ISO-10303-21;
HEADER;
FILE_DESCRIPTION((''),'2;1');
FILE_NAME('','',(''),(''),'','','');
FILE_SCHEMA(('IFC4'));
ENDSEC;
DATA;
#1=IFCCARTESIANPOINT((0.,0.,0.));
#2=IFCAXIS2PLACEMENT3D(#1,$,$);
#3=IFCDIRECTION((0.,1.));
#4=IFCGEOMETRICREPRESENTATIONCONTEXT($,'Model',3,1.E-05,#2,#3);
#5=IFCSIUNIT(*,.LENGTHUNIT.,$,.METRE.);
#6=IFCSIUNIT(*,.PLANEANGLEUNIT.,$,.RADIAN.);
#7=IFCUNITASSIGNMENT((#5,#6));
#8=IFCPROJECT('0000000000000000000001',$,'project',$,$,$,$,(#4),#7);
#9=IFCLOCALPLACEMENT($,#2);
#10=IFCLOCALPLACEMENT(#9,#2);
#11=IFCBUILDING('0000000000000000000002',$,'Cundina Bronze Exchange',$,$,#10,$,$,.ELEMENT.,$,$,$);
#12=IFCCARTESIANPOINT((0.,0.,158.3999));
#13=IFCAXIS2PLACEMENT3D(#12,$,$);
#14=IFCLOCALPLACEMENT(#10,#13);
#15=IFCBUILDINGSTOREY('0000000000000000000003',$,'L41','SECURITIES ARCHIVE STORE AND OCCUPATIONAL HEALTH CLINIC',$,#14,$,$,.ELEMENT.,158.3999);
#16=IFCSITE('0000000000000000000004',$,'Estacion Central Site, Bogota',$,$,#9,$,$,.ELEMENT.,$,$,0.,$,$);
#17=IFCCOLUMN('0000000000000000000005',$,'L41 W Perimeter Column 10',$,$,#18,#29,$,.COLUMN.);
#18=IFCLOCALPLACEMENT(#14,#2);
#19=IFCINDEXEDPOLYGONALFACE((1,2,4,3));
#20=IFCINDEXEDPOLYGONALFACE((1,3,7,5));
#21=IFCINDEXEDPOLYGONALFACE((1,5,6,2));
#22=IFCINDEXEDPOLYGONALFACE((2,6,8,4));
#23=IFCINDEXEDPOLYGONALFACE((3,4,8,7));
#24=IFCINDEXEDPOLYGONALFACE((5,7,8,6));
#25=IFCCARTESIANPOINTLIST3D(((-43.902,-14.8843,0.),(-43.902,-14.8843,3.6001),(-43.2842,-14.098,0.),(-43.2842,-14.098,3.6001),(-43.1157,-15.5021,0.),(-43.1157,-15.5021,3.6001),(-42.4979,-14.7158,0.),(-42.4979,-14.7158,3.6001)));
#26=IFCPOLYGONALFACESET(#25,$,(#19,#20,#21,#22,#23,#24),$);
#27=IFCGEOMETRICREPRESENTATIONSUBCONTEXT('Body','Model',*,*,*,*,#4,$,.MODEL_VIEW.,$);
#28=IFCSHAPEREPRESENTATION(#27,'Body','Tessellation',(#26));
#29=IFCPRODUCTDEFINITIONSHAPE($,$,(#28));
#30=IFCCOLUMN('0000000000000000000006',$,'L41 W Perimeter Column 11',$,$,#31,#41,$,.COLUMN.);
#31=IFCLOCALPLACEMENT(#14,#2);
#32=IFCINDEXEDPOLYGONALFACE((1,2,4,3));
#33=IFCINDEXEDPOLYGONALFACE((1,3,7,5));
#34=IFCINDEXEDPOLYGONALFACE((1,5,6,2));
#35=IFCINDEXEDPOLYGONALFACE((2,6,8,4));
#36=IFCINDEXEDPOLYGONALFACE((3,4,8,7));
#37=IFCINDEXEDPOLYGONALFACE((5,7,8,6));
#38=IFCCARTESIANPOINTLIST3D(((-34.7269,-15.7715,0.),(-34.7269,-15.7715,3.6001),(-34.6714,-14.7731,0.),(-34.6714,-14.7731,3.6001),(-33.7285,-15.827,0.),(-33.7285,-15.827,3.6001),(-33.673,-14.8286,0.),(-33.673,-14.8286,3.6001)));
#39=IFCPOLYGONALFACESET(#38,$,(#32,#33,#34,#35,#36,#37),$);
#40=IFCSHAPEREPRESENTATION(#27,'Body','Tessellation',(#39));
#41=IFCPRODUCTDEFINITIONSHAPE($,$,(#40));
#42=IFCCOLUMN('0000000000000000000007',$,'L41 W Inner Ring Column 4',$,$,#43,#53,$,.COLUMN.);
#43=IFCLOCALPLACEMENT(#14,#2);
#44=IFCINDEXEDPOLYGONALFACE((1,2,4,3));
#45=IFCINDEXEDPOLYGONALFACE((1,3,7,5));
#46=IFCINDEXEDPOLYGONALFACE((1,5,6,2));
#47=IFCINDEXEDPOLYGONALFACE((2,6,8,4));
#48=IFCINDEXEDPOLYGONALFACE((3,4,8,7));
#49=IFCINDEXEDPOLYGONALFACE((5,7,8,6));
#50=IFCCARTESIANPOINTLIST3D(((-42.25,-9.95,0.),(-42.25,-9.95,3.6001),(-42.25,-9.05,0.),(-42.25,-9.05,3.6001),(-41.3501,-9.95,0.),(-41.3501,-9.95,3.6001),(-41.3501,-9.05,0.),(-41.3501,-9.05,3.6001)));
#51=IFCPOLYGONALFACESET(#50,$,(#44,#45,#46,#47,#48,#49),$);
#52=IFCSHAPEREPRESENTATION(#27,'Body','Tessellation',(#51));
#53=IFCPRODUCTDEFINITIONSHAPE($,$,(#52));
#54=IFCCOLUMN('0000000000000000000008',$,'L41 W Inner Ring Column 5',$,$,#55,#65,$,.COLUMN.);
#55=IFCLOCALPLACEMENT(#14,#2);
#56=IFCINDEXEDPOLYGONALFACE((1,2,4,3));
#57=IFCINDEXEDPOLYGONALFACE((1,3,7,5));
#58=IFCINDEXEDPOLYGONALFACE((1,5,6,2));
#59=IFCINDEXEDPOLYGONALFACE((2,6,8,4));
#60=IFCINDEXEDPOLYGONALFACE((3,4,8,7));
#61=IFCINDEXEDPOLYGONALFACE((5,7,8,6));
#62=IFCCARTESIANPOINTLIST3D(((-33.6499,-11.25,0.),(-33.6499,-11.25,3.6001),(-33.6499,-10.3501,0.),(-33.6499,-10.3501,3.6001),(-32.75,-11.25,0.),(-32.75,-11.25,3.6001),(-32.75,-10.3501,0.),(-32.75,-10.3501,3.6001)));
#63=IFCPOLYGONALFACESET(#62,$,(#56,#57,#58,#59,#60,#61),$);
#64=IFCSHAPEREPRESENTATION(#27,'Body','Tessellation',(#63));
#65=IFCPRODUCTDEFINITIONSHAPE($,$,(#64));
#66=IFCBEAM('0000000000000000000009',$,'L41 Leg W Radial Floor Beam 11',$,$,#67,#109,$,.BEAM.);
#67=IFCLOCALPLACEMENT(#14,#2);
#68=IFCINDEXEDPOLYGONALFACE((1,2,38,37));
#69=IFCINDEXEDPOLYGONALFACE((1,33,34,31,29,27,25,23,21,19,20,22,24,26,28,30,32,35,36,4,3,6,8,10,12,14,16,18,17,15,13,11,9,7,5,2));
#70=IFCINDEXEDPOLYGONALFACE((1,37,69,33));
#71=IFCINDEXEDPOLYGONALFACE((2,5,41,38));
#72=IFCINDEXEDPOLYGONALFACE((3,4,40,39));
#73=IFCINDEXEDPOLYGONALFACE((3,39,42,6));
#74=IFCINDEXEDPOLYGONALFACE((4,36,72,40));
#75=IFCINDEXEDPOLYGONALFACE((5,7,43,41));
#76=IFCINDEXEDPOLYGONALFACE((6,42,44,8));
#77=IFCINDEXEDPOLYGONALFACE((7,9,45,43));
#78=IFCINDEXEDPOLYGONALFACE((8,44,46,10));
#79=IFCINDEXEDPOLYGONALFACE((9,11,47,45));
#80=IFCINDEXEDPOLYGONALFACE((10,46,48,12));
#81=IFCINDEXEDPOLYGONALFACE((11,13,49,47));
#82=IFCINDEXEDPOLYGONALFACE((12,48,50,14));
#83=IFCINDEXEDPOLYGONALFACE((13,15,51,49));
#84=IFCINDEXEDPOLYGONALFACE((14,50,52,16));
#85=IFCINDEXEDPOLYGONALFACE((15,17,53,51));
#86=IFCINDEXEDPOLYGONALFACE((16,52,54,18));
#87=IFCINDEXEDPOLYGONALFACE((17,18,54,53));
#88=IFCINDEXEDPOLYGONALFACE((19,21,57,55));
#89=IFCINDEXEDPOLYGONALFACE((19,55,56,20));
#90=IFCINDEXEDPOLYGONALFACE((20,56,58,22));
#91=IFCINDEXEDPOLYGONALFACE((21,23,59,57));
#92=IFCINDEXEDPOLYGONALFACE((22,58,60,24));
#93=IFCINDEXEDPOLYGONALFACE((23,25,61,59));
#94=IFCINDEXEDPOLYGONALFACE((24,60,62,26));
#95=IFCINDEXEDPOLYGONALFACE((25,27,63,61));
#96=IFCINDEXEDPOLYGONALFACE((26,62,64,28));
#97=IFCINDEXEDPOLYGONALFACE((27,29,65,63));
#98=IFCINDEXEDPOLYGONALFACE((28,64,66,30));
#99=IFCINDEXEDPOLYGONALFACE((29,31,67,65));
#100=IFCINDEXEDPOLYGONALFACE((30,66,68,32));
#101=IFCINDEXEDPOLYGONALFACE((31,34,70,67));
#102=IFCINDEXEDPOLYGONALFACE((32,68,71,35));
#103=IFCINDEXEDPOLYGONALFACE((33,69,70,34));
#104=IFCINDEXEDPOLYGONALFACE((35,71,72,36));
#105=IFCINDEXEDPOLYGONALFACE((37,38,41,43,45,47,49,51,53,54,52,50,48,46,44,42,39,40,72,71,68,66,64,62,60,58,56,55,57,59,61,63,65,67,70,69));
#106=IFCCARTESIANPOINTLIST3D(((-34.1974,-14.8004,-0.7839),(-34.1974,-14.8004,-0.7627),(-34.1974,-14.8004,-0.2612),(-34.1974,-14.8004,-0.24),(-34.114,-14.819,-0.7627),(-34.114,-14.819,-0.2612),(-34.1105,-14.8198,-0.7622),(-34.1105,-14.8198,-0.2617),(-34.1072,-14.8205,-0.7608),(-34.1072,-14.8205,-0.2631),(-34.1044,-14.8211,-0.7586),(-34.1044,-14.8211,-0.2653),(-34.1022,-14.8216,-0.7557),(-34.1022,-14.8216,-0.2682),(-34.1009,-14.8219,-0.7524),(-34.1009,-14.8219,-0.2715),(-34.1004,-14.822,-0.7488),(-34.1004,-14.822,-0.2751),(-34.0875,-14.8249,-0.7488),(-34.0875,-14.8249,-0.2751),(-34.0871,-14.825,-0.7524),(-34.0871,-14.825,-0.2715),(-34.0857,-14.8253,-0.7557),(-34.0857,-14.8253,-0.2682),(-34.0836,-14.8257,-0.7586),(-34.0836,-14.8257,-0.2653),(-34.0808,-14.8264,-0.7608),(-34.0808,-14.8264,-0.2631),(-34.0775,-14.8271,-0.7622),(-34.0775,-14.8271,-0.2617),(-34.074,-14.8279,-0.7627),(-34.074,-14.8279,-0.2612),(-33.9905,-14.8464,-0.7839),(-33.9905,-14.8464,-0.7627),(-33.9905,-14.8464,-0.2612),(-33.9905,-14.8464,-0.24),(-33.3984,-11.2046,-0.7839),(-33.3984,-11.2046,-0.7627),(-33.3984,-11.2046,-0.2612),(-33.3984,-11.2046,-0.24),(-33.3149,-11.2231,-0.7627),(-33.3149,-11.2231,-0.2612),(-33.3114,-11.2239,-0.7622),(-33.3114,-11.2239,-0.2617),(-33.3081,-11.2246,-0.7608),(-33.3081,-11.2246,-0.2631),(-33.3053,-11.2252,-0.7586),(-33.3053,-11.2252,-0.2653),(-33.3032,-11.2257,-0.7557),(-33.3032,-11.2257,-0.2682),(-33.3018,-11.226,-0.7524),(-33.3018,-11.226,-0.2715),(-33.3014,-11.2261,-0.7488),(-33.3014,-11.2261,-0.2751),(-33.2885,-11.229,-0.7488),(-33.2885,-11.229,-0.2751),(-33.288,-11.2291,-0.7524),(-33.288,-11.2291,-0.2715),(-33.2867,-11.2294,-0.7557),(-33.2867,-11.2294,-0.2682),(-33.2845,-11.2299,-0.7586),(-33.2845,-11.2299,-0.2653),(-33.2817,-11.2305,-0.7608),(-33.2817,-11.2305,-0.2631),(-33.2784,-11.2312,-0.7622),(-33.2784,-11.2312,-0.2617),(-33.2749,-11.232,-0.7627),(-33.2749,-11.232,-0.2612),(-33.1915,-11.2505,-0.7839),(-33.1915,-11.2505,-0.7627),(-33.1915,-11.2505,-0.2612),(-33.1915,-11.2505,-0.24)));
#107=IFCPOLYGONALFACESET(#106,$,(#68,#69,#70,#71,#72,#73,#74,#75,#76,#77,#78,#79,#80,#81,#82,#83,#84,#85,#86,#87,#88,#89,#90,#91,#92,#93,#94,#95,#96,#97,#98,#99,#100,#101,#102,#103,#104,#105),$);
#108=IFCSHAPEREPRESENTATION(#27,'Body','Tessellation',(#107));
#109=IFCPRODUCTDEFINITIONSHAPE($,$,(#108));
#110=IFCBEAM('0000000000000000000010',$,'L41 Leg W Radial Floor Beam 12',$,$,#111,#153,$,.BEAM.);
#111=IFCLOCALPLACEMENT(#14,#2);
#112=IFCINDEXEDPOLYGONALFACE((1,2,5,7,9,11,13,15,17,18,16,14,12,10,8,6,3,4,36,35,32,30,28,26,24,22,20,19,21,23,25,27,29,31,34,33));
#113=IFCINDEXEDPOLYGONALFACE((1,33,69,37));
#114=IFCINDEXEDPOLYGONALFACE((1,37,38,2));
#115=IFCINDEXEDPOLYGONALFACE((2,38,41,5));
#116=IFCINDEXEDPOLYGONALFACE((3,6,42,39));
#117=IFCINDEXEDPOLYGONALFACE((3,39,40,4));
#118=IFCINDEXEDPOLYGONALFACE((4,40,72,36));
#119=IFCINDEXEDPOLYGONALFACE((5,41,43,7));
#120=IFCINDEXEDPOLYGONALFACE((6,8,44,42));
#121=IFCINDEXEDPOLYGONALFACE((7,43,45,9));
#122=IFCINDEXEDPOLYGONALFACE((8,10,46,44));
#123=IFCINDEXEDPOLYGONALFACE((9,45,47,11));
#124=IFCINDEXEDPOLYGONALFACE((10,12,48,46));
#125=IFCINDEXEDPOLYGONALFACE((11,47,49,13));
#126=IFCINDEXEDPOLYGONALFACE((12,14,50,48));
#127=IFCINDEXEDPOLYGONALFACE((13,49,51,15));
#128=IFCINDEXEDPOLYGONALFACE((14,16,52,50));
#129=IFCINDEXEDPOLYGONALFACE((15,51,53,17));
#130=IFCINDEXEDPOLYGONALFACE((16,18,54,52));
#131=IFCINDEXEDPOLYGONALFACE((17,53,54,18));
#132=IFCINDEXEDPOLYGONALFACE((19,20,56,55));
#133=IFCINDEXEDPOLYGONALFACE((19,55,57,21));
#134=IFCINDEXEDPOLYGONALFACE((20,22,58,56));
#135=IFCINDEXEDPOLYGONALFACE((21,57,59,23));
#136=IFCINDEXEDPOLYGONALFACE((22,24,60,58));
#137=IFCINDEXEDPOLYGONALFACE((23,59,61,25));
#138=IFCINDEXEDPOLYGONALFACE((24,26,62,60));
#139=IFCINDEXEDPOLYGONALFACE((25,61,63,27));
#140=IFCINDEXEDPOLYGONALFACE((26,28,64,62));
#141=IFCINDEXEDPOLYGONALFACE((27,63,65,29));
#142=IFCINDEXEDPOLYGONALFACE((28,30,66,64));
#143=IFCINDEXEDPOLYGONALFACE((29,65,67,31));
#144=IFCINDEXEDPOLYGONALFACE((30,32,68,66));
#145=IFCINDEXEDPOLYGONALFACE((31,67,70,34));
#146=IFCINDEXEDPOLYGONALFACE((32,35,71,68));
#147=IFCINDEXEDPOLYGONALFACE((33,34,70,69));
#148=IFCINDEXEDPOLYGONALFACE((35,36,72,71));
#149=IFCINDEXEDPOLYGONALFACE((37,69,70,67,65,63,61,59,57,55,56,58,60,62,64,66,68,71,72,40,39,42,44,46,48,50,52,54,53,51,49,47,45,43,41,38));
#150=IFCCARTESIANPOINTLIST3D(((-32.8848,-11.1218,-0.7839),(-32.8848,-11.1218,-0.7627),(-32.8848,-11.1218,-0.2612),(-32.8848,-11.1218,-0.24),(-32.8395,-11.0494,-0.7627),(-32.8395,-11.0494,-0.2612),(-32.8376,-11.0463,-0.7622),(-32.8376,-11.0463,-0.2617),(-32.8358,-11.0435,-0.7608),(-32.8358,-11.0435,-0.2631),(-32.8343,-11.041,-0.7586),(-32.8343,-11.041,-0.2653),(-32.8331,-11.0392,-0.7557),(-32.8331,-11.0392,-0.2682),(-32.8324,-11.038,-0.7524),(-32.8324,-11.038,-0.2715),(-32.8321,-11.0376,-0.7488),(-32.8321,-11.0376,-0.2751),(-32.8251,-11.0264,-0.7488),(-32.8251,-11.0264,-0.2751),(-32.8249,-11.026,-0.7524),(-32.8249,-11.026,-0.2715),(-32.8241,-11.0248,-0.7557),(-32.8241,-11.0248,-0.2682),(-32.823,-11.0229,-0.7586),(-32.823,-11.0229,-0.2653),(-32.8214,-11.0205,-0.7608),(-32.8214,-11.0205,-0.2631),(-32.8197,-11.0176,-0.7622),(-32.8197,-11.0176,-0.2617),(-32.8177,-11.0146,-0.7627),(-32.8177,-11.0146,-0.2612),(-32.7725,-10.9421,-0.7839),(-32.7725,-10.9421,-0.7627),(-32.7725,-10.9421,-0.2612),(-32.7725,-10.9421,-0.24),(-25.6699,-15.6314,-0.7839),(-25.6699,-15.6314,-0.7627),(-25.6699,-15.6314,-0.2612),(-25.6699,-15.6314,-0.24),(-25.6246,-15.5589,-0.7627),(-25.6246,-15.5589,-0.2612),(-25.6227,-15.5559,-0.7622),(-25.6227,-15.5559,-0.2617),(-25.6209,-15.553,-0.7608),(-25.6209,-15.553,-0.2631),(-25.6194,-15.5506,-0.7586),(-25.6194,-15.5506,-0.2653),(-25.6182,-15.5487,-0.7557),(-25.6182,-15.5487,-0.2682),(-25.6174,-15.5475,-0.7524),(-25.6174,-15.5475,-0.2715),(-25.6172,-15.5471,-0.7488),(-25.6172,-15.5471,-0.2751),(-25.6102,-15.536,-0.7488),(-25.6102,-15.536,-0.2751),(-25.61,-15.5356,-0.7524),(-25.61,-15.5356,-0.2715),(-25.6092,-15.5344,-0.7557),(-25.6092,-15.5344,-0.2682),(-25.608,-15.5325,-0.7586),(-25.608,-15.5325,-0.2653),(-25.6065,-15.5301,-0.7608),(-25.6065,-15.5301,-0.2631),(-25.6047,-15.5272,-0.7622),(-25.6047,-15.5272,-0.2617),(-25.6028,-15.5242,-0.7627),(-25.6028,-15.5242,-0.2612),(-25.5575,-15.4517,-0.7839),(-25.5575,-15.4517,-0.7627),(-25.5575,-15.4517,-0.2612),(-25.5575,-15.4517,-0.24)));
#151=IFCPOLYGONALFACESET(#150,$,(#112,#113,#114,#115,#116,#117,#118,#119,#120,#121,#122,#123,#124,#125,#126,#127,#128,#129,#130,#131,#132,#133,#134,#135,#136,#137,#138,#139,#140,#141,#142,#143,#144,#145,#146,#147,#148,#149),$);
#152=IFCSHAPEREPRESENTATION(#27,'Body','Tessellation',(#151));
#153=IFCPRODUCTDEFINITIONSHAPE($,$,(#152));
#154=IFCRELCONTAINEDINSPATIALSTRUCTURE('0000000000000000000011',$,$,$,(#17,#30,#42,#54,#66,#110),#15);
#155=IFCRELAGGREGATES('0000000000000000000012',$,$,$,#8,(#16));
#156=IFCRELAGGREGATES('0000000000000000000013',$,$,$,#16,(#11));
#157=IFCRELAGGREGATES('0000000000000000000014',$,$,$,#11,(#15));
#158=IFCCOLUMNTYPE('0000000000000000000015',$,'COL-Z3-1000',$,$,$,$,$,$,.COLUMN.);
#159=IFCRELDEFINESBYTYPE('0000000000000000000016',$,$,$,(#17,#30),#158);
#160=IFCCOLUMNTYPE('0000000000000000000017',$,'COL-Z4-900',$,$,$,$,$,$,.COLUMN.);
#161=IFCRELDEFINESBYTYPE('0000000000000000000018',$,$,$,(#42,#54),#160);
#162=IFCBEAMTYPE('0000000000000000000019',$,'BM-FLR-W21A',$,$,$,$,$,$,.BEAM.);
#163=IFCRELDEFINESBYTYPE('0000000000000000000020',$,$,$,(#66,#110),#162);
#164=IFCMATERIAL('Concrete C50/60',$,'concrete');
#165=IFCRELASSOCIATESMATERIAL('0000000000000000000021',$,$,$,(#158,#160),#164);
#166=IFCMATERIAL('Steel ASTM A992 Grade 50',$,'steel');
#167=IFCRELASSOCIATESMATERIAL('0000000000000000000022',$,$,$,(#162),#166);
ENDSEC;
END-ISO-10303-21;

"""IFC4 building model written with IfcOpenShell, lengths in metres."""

from ifc_helpers import new_model, si_unit, direction, frame, origin, origin_2d, place, context, subcontext, project, spatial, rectangle, i_section, extrude, material, material_profile, profile_set, type_object, element, save


model = new_model("IFC4")

# Units and contexts
model_context = context("Model", 3, precision=1e-05, world=origin(), true_north=direction((0.0, 1.0)))
body_context = subcontext(model_context, "Body", "Model", "MODEL_VIEW")
ifc_project = project(units=[si_unit("LENGTHUNIT", "METRE"), si_unit("PLANEANGLEUNIT", "RADIAN")], contexts=[model_context])

# Site, building, storey
site_placement = place(None, origin())
site = spatial("IfcSite", under=ifc_project, at=site_placement, Name="Estacion Central Site, Bogota", CompositionType="ELEMENT", RefElevation=0.0)
building_placement = place(site_placement, origin())
building = spatial("IfcBuilding", under=site, at=building_placement, Name="Cundina Bronze Exchange", CompositionType="ELEMENT")
storey_placement = place(building_placement, frame((0.0, 0.0, 158.3999)))
storey = spatial("IfcBuildingStorey", under=building, at=storey_placement, Name="L41", Description="SECURITIES ARCHIVE STORE AND OCCUPATIONAL HEALTH CLINIC", CompositionType="ELEMENT", Elevation=158.3999)

# Columns
ifc_material_1 = material(Name="Concrete C50/60", Category="concrete")
ifc_material_profile_1 = material_profile(ifc_material_1, rectangle(XDim=1.0, YDim=1.0, at=origin_2d()), Name="RC1000X1000", Category="concrete")
ifc_profile_set_1 = profile_set([ifc_material_profile_1], Name="Concrete C50/60")
column_type_1 = type_object("IfcColumnType", Name="COL-Z3-1000", PredefinedType="COLUMN", material=ifc_profile_set_1)
for number, where, z_axis, x_axis, name in (
    (1, (-43.2, -14.8, 0.0), (0.0, 0.0, 1.0), (0.786288, -0.61786, 0.0), "L41 W Perimeter Column 10"),
    (2, (-34.2, -15.3, 0.0), (0.0, 0.0, 1.0), (0.99846, -0.055473, 0.0), "L41 W Perimeter Column 11"),
):
    element("IfcColumn", number, at=place(storey_placement, frame(where, z_axis=z_axis, x_axis=x_axis)), inside=storey, type_object=column_type_1, Name=name, PredefinedType="COLUMN", context=body_context, shape_type="SweptSolid", body=[
        extrude(rectangle(XDim=1.0, YDim=1.0, at=origin_2d()), origin(), (0.0, 0.0, 1.0), 3.6001),
    ])
ifc_material_profile_2 = material_profile(ifc_material_1, rectangle(XDim=0.8999, YDim=0.8999, at=origin_2d()), Name="RC900X900", Category="concrete")
ifc_profile_set_2 = profile_set([ifc_material_profile_2], Name="Concrete C50/60")
column_type_2 = type_object("IfcColumnType", Name="COL-Z4-900", PredefinedType="COLUMN", material=ifc_profile_set_2)
for number, where, z_axis, x_axis, name in (
    (3, (-41.8, -9.5, 0.0), (0.0, 0.0, 1.0), (1.0, 0.0, 0.0), "L41 W Inner Ring Column 4"),
    (4, (-33.2, -10.8, 0.0), (0.0, 0.0, 1.0), (1.0, 0.0, 0.0), "L41 W Inner Ring Column 5"),
):
    element("IfcColumn", number, at=place(storey_placement, frame(where, z_axis=z_axis, x_axis=x_axis)), inside=storey, type_object=column_type_2, Name=name, PredefinedType="COLUMN", context=body_context, shape_type="SweptSolid", body=[
        extrude(rectangle(XDim=0.8999, YDim=0.8999, at=origin_2d()), origin(), (0.0, 0.0, 1.0), 3.6001),
    ])

# Beams
ifc_material_2 = material(Name="Steel ASTM A992 Grade 50", Category="steel")
ifc_material_profile_3 = material_profile(ifc_material_2, i_section(OverallWidth=0.2119, OverallDepth=0.5439, WebThickness=0.0132, FlangeThickness=0.0212, FilletRadius=0.0139, at=origin_2d()), Name="W21X83", Category="steel")
ifc_profile_set_3 = profile_set([ifc_material_profile_3], Name="Steel ASTM A992 Grade 50")
beam_type_1 = type_object("IfcBeamType", Name="BM-FLR-W21A", PredefinedType="BEAM", material=ifc_profile_set_3)
beam_1_placement = place(storey_placement, frame((-33.2949, -11.2275, -0.512), z_axis=(-0.216923, -0.976189, 0.0), x_axis=(0.976189, -0.216923, 0.0)))
element("IfcBeam", 5, at=beam_1_placement, inside=storey, type_object=beam_type_1, Name="L41 Leg W Radial Floor Beam 11", PredefinedType="BEAM", context=body_context, shape_type="SweptSolid", body=[
    extrude(i_section(OverallWidth=0.2119, OverallDepth=0.5439, WebThickness=0.0132, FlangeThickness=0.0212, FilletRadius=0.0139, at=origin_2d()), origin(), (0.0, 0.0, 1.0), 3.6836),
])
beam_2_placement = place(storey_placement, frame((-32.8286, -11.032, -0.512), z_axis=(0.847985, -0.53002, 0.0), x_axis=(0.53002, 0.847985, 0.0)))
element("IfcBeam", 6, at=beam_2_placement, inside=storey, type_object=beam_type_1, Name="L41 Leg W Radial Floor Beam 12", PredefinedType="BEAM", context=body_context, shape_type="SweptSolid", body=[
    extrude(i_section(OverallWidth=0.2119, OverallDepth=0.5439, WebThickness=0.0132, FlangeThickness=0.0212, FilletRadius=0.0139, at=origin_2d()), origin(), (0.0, 0.0, 1.0), 8.5083),
])

save(model, "model.ifc")
